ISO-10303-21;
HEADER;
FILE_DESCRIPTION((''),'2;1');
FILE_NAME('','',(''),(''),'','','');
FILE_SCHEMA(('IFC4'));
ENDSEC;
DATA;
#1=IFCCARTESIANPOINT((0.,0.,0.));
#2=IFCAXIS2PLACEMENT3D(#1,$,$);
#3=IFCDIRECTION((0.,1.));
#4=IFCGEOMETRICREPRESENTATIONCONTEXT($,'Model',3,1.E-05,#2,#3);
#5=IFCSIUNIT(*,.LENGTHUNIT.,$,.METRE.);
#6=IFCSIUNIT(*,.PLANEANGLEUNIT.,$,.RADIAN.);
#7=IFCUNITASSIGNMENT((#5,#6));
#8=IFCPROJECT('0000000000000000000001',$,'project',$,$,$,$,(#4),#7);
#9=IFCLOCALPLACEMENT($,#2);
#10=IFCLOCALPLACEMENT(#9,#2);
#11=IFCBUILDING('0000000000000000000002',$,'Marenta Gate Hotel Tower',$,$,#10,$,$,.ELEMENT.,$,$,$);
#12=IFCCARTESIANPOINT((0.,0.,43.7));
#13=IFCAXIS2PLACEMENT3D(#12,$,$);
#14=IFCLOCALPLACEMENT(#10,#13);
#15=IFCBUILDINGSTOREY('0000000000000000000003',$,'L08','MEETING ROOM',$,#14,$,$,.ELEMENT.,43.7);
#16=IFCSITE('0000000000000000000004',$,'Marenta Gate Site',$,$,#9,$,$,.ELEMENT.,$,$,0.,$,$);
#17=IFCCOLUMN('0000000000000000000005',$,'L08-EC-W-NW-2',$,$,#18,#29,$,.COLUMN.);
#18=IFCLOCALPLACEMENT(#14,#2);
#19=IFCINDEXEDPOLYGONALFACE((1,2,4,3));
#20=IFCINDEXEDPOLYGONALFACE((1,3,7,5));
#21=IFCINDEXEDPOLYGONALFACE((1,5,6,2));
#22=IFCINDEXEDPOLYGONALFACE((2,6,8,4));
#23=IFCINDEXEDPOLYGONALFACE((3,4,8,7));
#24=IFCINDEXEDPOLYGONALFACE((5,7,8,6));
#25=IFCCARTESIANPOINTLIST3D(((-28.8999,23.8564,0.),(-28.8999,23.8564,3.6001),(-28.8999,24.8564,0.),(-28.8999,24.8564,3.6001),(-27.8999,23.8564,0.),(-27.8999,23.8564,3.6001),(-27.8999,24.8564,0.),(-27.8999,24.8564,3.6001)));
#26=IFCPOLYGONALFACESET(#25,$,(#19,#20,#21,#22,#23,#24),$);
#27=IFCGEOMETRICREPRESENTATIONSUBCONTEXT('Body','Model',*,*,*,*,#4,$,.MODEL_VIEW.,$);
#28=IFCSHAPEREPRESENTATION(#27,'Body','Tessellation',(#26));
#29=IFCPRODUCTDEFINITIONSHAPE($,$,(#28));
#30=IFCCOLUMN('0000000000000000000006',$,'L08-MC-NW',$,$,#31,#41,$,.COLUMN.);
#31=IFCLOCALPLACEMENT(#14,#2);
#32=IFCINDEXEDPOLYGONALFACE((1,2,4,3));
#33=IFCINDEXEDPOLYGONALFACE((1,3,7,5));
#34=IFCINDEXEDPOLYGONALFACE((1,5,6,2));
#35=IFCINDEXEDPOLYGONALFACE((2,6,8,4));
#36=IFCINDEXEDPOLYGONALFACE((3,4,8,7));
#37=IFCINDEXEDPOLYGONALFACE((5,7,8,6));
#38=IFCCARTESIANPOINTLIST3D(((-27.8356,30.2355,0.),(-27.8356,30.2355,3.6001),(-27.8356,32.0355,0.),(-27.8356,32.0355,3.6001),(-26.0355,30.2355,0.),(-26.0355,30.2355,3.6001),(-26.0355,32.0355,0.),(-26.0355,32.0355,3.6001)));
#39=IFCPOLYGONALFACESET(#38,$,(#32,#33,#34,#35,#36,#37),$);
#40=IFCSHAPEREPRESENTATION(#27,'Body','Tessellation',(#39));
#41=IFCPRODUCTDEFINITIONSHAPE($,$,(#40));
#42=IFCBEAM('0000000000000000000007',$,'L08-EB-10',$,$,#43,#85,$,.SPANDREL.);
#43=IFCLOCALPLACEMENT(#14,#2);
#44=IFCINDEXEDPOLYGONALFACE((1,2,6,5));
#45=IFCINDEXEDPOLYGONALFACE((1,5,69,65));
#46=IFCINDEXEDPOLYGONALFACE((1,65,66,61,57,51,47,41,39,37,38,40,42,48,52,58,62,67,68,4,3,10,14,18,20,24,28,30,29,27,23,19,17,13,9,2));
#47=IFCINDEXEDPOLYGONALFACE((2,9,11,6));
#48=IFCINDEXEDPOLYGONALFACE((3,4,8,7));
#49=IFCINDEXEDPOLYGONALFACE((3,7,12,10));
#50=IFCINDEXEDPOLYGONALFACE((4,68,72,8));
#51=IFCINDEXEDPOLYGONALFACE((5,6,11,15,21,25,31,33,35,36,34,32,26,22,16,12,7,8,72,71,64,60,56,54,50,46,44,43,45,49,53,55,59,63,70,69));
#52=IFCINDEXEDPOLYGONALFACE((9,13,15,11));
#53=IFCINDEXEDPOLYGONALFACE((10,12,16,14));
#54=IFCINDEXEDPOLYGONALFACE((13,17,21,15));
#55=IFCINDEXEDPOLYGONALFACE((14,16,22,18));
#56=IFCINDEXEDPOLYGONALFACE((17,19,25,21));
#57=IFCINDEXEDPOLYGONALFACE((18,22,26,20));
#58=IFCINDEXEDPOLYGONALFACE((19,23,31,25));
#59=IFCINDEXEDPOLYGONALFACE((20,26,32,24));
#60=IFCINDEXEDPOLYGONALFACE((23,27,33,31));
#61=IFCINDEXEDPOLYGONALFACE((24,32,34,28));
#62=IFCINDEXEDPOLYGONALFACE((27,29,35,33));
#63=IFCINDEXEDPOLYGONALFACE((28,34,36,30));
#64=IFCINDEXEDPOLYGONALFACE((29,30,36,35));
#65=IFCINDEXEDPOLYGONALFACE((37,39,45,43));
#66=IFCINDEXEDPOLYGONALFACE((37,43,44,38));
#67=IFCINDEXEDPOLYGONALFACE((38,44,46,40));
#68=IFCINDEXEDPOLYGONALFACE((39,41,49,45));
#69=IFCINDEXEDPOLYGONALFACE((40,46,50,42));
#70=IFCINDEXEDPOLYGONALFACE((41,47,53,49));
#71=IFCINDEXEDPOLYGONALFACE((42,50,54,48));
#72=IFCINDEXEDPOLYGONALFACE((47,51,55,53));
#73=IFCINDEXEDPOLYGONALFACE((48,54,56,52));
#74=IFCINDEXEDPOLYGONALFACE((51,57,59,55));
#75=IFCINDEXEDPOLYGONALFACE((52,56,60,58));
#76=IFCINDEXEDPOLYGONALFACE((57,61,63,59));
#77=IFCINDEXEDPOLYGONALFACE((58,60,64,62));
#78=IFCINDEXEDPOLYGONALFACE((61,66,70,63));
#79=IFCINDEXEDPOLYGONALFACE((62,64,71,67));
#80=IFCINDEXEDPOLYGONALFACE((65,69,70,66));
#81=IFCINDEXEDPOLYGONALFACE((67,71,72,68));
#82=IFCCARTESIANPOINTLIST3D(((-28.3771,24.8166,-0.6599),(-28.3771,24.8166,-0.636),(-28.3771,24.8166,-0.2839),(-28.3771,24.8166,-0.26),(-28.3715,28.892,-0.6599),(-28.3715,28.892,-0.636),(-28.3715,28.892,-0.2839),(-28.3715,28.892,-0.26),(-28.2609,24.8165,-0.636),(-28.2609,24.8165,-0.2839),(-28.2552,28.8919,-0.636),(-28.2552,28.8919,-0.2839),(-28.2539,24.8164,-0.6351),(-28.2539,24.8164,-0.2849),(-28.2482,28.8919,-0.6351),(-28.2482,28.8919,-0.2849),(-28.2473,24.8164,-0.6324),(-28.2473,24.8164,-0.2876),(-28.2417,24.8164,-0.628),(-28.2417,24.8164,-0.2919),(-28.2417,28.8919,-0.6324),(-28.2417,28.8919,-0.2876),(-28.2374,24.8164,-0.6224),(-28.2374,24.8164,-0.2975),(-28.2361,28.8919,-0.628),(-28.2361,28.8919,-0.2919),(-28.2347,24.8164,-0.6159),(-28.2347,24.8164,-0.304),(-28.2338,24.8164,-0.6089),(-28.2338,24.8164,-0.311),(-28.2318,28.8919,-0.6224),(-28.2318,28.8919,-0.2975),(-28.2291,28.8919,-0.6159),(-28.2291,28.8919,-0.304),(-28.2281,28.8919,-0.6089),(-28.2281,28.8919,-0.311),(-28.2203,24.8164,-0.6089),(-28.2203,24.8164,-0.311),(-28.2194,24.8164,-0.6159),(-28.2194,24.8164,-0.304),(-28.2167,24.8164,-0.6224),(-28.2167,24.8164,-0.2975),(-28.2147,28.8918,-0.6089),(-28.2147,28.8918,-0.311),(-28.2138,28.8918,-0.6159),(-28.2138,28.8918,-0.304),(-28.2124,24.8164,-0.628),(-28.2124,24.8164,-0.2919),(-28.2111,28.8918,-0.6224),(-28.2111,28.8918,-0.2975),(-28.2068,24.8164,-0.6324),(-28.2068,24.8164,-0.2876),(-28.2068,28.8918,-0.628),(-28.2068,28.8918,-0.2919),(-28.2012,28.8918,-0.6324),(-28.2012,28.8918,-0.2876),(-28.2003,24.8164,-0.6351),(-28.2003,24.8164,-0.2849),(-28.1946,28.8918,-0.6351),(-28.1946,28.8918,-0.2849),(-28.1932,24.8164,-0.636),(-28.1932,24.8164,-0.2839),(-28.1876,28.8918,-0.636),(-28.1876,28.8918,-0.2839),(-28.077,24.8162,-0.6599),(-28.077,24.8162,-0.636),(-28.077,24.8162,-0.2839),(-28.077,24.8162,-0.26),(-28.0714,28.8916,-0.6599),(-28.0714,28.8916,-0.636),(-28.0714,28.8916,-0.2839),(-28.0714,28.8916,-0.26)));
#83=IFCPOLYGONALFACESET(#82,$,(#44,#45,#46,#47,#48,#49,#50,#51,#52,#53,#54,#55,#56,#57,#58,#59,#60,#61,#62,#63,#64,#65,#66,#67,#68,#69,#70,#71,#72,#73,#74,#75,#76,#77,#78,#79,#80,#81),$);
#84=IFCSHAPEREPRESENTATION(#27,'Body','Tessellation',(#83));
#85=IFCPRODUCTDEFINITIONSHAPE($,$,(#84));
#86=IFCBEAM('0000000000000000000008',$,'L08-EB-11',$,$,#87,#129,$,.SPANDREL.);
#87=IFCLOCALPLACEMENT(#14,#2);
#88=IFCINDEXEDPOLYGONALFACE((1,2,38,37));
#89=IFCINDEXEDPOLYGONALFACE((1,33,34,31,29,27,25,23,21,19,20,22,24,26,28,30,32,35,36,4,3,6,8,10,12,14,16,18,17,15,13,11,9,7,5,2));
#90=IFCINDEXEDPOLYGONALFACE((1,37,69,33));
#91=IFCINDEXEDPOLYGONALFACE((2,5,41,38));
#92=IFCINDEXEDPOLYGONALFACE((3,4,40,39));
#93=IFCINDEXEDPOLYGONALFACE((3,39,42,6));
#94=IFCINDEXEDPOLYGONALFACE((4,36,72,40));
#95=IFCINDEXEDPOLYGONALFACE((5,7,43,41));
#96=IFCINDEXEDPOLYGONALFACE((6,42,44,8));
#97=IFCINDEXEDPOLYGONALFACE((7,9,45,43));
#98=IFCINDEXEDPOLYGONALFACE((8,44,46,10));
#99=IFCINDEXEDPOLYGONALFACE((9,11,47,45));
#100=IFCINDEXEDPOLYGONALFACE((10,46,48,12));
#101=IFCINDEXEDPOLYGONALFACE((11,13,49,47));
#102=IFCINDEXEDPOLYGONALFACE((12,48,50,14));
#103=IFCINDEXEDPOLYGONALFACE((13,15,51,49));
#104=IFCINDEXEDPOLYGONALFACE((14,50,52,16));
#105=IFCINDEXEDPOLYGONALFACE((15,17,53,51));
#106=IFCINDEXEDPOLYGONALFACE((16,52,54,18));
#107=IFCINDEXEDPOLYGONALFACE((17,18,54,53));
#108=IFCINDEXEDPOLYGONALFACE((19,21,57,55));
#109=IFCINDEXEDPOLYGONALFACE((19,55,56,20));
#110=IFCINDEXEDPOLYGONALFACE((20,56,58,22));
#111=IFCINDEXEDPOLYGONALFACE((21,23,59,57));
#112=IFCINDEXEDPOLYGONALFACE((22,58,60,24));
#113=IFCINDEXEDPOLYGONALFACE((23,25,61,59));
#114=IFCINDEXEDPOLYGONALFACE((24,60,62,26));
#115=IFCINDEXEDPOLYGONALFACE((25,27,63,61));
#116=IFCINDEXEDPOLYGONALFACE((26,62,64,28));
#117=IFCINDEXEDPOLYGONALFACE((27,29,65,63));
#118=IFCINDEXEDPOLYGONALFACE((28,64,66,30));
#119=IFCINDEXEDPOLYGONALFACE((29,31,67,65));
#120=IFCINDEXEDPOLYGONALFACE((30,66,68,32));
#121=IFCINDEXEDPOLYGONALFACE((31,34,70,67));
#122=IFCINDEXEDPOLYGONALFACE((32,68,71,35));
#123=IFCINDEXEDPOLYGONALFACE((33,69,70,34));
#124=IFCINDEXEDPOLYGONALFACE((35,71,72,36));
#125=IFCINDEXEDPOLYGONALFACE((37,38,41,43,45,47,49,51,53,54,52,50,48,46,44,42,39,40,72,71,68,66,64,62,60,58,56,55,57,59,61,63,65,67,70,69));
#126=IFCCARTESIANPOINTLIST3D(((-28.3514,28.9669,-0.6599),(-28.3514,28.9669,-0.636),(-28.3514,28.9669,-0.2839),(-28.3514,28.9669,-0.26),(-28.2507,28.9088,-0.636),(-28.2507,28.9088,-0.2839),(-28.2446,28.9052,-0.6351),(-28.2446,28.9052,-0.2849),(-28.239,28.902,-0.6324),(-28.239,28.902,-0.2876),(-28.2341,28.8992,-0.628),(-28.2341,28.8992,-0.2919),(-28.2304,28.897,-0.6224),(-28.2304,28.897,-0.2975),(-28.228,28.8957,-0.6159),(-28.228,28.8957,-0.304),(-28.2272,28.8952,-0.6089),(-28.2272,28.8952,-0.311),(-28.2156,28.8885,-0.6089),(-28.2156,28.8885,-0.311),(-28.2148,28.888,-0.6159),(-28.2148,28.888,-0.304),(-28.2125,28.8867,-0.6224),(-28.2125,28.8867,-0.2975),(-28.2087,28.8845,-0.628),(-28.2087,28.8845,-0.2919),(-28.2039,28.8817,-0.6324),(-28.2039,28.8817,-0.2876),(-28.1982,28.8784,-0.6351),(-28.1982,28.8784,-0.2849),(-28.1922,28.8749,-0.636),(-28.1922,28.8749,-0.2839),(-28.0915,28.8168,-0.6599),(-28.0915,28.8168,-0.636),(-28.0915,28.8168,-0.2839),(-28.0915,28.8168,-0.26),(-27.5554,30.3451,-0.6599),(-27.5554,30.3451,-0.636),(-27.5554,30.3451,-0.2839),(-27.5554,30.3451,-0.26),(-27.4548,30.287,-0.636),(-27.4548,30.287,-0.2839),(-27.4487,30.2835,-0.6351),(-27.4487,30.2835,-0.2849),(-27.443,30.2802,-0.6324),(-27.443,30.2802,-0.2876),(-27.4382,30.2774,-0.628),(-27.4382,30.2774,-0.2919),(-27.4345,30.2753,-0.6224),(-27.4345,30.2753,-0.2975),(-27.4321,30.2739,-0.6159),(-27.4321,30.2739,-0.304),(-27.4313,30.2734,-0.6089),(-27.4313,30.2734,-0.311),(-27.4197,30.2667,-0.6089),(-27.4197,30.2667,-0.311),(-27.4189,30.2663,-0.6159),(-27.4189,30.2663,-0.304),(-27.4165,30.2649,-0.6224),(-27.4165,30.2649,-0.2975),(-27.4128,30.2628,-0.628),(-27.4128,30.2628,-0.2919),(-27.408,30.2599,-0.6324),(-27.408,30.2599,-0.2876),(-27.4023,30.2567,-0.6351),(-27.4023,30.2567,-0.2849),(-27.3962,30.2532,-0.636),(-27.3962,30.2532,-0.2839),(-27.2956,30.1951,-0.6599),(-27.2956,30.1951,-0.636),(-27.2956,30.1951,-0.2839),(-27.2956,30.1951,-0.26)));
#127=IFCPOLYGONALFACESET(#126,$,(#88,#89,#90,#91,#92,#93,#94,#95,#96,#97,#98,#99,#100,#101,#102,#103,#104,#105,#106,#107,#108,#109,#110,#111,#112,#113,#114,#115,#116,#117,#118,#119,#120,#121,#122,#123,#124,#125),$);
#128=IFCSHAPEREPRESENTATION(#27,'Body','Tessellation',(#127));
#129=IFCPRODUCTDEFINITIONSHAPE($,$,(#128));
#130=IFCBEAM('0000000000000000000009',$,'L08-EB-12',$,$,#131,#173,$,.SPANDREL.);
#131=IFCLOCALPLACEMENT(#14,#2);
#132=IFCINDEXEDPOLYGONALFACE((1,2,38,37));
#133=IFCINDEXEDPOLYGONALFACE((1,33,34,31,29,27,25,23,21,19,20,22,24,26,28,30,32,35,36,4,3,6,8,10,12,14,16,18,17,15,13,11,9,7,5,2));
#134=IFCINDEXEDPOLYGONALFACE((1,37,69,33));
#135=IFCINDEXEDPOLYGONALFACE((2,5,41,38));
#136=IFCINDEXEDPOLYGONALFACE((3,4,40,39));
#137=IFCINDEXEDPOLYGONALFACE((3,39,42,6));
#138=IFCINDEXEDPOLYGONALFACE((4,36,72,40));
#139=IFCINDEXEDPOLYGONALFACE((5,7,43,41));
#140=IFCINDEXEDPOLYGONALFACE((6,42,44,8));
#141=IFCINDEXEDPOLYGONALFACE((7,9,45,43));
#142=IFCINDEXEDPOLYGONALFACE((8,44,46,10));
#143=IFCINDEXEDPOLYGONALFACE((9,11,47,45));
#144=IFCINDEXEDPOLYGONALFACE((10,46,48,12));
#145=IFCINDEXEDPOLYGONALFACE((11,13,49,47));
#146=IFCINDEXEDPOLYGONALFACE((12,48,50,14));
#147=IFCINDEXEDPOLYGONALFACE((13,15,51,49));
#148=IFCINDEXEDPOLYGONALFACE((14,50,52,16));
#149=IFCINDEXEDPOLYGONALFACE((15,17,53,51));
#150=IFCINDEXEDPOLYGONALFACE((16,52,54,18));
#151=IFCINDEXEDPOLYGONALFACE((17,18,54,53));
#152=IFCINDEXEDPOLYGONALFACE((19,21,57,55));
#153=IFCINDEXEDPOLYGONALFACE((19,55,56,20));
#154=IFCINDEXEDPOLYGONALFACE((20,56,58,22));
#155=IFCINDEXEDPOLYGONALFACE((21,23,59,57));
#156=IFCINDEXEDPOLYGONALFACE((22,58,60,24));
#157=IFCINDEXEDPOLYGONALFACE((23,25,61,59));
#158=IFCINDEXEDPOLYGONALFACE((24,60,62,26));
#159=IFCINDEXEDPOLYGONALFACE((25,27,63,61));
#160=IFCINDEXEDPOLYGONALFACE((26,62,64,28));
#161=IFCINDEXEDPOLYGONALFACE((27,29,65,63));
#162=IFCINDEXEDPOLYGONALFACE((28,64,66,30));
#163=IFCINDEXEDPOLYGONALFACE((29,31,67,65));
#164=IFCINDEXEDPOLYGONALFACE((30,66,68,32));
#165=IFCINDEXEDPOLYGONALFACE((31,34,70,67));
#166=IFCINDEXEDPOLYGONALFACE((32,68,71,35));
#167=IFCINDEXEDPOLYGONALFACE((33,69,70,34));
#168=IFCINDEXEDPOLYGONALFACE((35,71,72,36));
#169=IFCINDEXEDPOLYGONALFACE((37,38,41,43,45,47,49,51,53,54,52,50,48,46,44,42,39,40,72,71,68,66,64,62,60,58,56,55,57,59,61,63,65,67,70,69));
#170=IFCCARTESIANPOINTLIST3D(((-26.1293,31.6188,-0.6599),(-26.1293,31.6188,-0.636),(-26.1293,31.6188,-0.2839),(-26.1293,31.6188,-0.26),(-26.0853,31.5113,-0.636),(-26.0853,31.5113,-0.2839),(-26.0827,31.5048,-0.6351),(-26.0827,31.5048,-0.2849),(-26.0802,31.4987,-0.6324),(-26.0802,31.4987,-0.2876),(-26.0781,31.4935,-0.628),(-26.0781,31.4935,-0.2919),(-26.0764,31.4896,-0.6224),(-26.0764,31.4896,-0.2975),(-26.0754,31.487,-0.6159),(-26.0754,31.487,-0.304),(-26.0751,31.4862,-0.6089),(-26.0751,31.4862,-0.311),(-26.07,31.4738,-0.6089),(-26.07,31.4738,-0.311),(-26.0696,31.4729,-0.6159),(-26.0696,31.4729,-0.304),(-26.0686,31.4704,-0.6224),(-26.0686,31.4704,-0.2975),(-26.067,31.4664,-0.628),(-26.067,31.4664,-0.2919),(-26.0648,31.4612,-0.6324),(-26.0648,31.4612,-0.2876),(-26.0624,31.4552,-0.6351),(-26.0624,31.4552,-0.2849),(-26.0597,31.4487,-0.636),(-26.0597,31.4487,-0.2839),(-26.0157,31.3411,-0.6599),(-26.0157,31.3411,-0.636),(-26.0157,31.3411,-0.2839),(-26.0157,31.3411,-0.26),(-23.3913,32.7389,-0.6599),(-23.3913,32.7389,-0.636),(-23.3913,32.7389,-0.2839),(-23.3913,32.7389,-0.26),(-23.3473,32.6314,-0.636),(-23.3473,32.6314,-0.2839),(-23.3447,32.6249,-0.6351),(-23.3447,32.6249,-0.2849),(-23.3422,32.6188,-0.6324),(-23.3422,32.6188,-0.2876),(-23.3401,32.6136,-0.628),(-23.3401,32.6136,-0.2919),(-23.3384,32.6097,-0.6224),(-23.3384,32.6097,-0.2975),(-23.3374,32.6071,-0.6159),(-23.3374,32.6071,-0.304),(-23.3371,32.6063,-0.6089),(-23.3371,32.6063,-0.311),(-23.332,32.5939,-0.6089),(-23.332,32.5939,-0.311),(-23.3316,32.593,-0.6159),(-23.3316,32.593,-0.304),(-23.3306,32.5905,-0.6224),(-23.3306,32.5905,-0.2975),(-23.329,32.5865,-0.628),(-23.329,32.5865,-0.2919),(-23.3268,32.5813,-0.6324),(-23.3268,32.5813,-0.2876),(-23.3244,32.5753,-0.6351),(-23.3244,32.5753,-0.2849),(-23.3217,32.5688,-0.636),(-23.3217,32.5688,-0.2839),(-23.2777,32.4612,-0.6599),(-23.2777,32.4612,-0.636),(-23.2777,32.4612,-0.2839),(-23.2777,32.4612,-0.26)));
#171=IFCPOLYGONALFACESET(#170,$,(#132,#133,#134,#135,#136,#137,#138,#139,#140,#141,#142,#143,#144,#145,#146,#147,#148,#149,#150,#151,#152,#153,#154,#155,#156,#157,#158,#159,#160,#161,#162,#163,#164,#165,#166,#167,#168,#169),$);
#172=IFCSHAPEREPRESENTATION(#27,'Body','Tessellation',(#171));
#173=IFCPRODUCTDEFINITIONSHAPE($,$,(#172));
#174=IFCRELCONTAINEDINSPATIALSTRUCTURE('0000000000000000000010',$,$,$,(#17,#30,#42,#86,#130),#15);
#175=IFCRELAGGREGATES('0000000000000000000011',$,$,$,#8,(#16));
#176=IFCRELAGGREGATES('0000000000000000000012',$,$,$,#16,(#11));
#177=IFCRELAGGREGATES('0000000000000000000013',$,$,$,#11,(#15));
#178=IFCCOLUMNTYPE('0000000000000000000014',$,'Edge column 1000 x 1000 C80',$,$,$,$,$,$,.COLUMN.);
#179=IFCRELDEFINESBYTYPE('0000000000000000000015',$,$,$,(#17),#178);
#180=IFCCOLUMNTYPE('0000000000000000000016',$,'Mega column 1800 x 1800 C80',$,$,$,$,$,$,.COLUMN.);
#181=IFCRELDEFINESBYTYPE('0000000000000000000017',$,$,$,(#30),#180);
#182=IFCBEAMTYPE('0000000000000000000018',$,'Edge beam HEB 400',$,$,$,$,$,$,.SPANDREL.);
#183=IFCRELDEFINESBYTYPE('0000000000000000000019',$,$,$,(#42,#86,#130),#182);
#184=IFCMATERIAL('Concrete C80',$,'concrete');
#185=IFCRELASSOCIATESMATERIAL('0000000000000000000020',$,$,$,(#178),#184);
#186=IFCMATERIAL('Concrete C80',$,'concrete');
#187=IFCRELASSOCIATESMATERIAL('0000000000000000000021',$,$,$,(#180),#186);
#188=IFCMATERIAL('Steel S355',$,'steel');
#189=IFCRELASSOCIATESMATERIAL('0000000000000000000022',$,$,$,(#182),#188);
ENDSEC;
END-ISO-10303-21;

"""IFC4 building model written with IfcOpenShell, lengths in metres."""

from ifc_helpers import new_model, si_unit, direction, frame, origin, origin_2d, place, context, subcontext, project, spatial, rectangle, i_section, extrude, material, material_profile, profile_set, type_object, element, save


model = new_model("IFC4")

# Units and contexts
model_context = context("Model", 3, precision=1e-05, world=origin(), true_north=direction((0.0, 1.0)))
body_context = subcontext(model_context, "Body", "Model", "MODEL_VIEW")
ifc_project = project(units=[si_unit("LENGTHUNIT", "METRE"), si_unit("PLANEANGLEUNIT", "RADIAN")], contexts=[model_context])

# Site, building, storey
site_placement = place(None, origin())
site = spatial("IfcSite", under=ifc_project, at=site_placement, Name="Marenta Gate Site", CompositionType="ELEMENT", RefElevation=0.0)
building_placement = place(site_placement, origin())
building = spatial("IfcBuilding", under=site, at=building_placement, Name="Marenta Gate Hotel Tower", CompositionType="ELEMENT")
storey_placement = place(building_placement, frame((0.0, 0.0, 43.7)))
storey = spatial("IfcBuildingStorey", under=building, at=storey_placement, Name="L08", Description="MEETING ROOM", CompositionType="ELEMENT", Elevation=43.7)

# Columns
ifc_material_1 = material(Name="Concrete C80", Category="concrete")
ifc_material_profile_1 = material_profile(ifc_material_1, rectangle(XDim=1.0, YDim=1.0, at=origin_2d()), Name="1000 x 1000")
ifc_profile_set_1 = profile_set([ifc_material_profile_1], Name="Concrete C80")
column_type_1 = type_object("IfcColumnType", Name="Edge column 1000 x 1000 C80", PredefinedType="COLUMN", material=ifc_profile_set_1)
column_1_placement = place(storey_placement, frame((-28.3999, 24.3564, 0.0), z_axis=(0.0, 0.0, 1.0), x_axis=(1.0, 0.0, 0.0)))
element("IfcColumn", 1, at=column_1_placement, inside=storey, type_object=column_type_1, Name="L08-EC-W-NW-2", PredefinedType="COLUMN", context=body_context, shape_type="SweptSolid", body=[
    extrude(rectangle(XDim=1.0, YDim=1.0, at=origin_2d()), origin(), (0.0, 0.0, 1.0), 3.6001),
])
ifc_material_2 = material(Name="Concrete C80", Category="concrete")
ifc_material_profile_2 = material_profile(ifc_material_2, rectangle(XDim=1.8, YDim=1.8, at=origin_2d()), Name="1800 x 1800")
ifc_profile_set_2 = profile_set([ifc_material_profile_2], Name="Concrete C80")
column_type_2 = type_object("IfcColumnType", Name="Mega column 1800 x 1800 C80", PredefinedType="COLUMN", material=ifc_profile_set_2)
column_2_placement = place(storey_placement, frame((-26.9355, 31.1355, 0.0), z_axis=(0.0, 0.0, 1.0), x_axis=(1.0, 0.0, 0.0)))
element("IfcColumn", 2, at=column_2_placement, inside=storey, type_object=column_type_2, Name="L08-MC-NW", PredefinedType="COLUMN", context=body_context, shape_type="SweptSolid", body=[
    extrude(rectangle(XDim=1.8, YDim=1.8, at=origin_2d()), origin(), (0.0, 0.0, 1.0), 3.6001),
])

# Beams
ifc_material_3 = material(Name="Steel S355", Category="steel")
ifc_material_profile_3 = material_profile(ifc_material_3, i_section(OverallWidth=0.3, OverallDepth=0.3999, WebThickness=0.0134, FlangeThickness=0.0239, FilletRadius=0.0271, at=origin_2d()), Name="HEB 400")
ifc_profile_set_3 = profile_set([ifc_material_profile_3], Name="Steel S355")
beam_type_1 = type_object("IfcBeamType", Name="Edge beam HEB 400", PredefinedType="SPANDREL", material=ifc_profile_set_3)
beam_1_placement = place(storey_placement, frame((-28.2271, 24.8164, -0.46), z_axis=(0.001378, 0.999999, 0.0), x_axis=(-0.999999, 0.001378, 0.0)))
element("IfcBeam", 3, at=beam_1_placement, inside=storey, type_object=beam_type_1, Name="L08-EB-10", PredefinedType="SPANDREL", context=body_context, shape_type="SweptSolid", body=[
    extrude(i_section(OverallWidth=0.3, OverallDepth=0.3999, WebThickness=0.0134, FlangeThickness=0.0239, FilletRadius=0.0271, at=origin_2d()), origin(), (0.0, 0.0, 1.0), 4.0754),
])
beam_2_placement = place(storey_placement, frame((-28.2214, 28.8918, -0.46), z_axis=(0.500099, 0.865968, 0.0), x_axis=(-0.865968, 0.500099, 0.0)))
element("IfcBeam", 4, at=beam_2_placement, inside=storey, type_object=beam_type_1, Name="L08-EB-11", PredefinedType="SPANDREL", context=body_context, shape_type="SweptSolid", body=[
    extrude(i_section(OverallWidth=0.3, OverallDepth=0.3999, WebThickness=0.0134, FlangeThickness=0.0239, FilletRadius=0.0271, at=origin_2d()), origin(), (0.0, 0.0, 1.0), 1.5916),
])
beam_3_placement = place(storey_placement, frame((-26.0725, 31.48, -0.46), z_axis=(0.925546, 0.378636, 0.0), x_axis=(-0.378636, 0.925546, 0.0)))
element("IfcBeam", 5, at=beam_3_placement, inside=storey, type_object=beam_type_1, Name="L08-EB-12", PredefinedType="SPANDREL", context=body_context, shape_type="SweptSolid", body=[
    extrude(i_section(OverallWidth=0.3, OverallDepth=0.3999, WebThickness=0.0134, FlangeThickness=0.0239, FilletRadius=0.0271, at=origin_2d()), origin(), (0.0, 0.0, 1.0), 2.9583),
])

save(model, "model.ifc")
